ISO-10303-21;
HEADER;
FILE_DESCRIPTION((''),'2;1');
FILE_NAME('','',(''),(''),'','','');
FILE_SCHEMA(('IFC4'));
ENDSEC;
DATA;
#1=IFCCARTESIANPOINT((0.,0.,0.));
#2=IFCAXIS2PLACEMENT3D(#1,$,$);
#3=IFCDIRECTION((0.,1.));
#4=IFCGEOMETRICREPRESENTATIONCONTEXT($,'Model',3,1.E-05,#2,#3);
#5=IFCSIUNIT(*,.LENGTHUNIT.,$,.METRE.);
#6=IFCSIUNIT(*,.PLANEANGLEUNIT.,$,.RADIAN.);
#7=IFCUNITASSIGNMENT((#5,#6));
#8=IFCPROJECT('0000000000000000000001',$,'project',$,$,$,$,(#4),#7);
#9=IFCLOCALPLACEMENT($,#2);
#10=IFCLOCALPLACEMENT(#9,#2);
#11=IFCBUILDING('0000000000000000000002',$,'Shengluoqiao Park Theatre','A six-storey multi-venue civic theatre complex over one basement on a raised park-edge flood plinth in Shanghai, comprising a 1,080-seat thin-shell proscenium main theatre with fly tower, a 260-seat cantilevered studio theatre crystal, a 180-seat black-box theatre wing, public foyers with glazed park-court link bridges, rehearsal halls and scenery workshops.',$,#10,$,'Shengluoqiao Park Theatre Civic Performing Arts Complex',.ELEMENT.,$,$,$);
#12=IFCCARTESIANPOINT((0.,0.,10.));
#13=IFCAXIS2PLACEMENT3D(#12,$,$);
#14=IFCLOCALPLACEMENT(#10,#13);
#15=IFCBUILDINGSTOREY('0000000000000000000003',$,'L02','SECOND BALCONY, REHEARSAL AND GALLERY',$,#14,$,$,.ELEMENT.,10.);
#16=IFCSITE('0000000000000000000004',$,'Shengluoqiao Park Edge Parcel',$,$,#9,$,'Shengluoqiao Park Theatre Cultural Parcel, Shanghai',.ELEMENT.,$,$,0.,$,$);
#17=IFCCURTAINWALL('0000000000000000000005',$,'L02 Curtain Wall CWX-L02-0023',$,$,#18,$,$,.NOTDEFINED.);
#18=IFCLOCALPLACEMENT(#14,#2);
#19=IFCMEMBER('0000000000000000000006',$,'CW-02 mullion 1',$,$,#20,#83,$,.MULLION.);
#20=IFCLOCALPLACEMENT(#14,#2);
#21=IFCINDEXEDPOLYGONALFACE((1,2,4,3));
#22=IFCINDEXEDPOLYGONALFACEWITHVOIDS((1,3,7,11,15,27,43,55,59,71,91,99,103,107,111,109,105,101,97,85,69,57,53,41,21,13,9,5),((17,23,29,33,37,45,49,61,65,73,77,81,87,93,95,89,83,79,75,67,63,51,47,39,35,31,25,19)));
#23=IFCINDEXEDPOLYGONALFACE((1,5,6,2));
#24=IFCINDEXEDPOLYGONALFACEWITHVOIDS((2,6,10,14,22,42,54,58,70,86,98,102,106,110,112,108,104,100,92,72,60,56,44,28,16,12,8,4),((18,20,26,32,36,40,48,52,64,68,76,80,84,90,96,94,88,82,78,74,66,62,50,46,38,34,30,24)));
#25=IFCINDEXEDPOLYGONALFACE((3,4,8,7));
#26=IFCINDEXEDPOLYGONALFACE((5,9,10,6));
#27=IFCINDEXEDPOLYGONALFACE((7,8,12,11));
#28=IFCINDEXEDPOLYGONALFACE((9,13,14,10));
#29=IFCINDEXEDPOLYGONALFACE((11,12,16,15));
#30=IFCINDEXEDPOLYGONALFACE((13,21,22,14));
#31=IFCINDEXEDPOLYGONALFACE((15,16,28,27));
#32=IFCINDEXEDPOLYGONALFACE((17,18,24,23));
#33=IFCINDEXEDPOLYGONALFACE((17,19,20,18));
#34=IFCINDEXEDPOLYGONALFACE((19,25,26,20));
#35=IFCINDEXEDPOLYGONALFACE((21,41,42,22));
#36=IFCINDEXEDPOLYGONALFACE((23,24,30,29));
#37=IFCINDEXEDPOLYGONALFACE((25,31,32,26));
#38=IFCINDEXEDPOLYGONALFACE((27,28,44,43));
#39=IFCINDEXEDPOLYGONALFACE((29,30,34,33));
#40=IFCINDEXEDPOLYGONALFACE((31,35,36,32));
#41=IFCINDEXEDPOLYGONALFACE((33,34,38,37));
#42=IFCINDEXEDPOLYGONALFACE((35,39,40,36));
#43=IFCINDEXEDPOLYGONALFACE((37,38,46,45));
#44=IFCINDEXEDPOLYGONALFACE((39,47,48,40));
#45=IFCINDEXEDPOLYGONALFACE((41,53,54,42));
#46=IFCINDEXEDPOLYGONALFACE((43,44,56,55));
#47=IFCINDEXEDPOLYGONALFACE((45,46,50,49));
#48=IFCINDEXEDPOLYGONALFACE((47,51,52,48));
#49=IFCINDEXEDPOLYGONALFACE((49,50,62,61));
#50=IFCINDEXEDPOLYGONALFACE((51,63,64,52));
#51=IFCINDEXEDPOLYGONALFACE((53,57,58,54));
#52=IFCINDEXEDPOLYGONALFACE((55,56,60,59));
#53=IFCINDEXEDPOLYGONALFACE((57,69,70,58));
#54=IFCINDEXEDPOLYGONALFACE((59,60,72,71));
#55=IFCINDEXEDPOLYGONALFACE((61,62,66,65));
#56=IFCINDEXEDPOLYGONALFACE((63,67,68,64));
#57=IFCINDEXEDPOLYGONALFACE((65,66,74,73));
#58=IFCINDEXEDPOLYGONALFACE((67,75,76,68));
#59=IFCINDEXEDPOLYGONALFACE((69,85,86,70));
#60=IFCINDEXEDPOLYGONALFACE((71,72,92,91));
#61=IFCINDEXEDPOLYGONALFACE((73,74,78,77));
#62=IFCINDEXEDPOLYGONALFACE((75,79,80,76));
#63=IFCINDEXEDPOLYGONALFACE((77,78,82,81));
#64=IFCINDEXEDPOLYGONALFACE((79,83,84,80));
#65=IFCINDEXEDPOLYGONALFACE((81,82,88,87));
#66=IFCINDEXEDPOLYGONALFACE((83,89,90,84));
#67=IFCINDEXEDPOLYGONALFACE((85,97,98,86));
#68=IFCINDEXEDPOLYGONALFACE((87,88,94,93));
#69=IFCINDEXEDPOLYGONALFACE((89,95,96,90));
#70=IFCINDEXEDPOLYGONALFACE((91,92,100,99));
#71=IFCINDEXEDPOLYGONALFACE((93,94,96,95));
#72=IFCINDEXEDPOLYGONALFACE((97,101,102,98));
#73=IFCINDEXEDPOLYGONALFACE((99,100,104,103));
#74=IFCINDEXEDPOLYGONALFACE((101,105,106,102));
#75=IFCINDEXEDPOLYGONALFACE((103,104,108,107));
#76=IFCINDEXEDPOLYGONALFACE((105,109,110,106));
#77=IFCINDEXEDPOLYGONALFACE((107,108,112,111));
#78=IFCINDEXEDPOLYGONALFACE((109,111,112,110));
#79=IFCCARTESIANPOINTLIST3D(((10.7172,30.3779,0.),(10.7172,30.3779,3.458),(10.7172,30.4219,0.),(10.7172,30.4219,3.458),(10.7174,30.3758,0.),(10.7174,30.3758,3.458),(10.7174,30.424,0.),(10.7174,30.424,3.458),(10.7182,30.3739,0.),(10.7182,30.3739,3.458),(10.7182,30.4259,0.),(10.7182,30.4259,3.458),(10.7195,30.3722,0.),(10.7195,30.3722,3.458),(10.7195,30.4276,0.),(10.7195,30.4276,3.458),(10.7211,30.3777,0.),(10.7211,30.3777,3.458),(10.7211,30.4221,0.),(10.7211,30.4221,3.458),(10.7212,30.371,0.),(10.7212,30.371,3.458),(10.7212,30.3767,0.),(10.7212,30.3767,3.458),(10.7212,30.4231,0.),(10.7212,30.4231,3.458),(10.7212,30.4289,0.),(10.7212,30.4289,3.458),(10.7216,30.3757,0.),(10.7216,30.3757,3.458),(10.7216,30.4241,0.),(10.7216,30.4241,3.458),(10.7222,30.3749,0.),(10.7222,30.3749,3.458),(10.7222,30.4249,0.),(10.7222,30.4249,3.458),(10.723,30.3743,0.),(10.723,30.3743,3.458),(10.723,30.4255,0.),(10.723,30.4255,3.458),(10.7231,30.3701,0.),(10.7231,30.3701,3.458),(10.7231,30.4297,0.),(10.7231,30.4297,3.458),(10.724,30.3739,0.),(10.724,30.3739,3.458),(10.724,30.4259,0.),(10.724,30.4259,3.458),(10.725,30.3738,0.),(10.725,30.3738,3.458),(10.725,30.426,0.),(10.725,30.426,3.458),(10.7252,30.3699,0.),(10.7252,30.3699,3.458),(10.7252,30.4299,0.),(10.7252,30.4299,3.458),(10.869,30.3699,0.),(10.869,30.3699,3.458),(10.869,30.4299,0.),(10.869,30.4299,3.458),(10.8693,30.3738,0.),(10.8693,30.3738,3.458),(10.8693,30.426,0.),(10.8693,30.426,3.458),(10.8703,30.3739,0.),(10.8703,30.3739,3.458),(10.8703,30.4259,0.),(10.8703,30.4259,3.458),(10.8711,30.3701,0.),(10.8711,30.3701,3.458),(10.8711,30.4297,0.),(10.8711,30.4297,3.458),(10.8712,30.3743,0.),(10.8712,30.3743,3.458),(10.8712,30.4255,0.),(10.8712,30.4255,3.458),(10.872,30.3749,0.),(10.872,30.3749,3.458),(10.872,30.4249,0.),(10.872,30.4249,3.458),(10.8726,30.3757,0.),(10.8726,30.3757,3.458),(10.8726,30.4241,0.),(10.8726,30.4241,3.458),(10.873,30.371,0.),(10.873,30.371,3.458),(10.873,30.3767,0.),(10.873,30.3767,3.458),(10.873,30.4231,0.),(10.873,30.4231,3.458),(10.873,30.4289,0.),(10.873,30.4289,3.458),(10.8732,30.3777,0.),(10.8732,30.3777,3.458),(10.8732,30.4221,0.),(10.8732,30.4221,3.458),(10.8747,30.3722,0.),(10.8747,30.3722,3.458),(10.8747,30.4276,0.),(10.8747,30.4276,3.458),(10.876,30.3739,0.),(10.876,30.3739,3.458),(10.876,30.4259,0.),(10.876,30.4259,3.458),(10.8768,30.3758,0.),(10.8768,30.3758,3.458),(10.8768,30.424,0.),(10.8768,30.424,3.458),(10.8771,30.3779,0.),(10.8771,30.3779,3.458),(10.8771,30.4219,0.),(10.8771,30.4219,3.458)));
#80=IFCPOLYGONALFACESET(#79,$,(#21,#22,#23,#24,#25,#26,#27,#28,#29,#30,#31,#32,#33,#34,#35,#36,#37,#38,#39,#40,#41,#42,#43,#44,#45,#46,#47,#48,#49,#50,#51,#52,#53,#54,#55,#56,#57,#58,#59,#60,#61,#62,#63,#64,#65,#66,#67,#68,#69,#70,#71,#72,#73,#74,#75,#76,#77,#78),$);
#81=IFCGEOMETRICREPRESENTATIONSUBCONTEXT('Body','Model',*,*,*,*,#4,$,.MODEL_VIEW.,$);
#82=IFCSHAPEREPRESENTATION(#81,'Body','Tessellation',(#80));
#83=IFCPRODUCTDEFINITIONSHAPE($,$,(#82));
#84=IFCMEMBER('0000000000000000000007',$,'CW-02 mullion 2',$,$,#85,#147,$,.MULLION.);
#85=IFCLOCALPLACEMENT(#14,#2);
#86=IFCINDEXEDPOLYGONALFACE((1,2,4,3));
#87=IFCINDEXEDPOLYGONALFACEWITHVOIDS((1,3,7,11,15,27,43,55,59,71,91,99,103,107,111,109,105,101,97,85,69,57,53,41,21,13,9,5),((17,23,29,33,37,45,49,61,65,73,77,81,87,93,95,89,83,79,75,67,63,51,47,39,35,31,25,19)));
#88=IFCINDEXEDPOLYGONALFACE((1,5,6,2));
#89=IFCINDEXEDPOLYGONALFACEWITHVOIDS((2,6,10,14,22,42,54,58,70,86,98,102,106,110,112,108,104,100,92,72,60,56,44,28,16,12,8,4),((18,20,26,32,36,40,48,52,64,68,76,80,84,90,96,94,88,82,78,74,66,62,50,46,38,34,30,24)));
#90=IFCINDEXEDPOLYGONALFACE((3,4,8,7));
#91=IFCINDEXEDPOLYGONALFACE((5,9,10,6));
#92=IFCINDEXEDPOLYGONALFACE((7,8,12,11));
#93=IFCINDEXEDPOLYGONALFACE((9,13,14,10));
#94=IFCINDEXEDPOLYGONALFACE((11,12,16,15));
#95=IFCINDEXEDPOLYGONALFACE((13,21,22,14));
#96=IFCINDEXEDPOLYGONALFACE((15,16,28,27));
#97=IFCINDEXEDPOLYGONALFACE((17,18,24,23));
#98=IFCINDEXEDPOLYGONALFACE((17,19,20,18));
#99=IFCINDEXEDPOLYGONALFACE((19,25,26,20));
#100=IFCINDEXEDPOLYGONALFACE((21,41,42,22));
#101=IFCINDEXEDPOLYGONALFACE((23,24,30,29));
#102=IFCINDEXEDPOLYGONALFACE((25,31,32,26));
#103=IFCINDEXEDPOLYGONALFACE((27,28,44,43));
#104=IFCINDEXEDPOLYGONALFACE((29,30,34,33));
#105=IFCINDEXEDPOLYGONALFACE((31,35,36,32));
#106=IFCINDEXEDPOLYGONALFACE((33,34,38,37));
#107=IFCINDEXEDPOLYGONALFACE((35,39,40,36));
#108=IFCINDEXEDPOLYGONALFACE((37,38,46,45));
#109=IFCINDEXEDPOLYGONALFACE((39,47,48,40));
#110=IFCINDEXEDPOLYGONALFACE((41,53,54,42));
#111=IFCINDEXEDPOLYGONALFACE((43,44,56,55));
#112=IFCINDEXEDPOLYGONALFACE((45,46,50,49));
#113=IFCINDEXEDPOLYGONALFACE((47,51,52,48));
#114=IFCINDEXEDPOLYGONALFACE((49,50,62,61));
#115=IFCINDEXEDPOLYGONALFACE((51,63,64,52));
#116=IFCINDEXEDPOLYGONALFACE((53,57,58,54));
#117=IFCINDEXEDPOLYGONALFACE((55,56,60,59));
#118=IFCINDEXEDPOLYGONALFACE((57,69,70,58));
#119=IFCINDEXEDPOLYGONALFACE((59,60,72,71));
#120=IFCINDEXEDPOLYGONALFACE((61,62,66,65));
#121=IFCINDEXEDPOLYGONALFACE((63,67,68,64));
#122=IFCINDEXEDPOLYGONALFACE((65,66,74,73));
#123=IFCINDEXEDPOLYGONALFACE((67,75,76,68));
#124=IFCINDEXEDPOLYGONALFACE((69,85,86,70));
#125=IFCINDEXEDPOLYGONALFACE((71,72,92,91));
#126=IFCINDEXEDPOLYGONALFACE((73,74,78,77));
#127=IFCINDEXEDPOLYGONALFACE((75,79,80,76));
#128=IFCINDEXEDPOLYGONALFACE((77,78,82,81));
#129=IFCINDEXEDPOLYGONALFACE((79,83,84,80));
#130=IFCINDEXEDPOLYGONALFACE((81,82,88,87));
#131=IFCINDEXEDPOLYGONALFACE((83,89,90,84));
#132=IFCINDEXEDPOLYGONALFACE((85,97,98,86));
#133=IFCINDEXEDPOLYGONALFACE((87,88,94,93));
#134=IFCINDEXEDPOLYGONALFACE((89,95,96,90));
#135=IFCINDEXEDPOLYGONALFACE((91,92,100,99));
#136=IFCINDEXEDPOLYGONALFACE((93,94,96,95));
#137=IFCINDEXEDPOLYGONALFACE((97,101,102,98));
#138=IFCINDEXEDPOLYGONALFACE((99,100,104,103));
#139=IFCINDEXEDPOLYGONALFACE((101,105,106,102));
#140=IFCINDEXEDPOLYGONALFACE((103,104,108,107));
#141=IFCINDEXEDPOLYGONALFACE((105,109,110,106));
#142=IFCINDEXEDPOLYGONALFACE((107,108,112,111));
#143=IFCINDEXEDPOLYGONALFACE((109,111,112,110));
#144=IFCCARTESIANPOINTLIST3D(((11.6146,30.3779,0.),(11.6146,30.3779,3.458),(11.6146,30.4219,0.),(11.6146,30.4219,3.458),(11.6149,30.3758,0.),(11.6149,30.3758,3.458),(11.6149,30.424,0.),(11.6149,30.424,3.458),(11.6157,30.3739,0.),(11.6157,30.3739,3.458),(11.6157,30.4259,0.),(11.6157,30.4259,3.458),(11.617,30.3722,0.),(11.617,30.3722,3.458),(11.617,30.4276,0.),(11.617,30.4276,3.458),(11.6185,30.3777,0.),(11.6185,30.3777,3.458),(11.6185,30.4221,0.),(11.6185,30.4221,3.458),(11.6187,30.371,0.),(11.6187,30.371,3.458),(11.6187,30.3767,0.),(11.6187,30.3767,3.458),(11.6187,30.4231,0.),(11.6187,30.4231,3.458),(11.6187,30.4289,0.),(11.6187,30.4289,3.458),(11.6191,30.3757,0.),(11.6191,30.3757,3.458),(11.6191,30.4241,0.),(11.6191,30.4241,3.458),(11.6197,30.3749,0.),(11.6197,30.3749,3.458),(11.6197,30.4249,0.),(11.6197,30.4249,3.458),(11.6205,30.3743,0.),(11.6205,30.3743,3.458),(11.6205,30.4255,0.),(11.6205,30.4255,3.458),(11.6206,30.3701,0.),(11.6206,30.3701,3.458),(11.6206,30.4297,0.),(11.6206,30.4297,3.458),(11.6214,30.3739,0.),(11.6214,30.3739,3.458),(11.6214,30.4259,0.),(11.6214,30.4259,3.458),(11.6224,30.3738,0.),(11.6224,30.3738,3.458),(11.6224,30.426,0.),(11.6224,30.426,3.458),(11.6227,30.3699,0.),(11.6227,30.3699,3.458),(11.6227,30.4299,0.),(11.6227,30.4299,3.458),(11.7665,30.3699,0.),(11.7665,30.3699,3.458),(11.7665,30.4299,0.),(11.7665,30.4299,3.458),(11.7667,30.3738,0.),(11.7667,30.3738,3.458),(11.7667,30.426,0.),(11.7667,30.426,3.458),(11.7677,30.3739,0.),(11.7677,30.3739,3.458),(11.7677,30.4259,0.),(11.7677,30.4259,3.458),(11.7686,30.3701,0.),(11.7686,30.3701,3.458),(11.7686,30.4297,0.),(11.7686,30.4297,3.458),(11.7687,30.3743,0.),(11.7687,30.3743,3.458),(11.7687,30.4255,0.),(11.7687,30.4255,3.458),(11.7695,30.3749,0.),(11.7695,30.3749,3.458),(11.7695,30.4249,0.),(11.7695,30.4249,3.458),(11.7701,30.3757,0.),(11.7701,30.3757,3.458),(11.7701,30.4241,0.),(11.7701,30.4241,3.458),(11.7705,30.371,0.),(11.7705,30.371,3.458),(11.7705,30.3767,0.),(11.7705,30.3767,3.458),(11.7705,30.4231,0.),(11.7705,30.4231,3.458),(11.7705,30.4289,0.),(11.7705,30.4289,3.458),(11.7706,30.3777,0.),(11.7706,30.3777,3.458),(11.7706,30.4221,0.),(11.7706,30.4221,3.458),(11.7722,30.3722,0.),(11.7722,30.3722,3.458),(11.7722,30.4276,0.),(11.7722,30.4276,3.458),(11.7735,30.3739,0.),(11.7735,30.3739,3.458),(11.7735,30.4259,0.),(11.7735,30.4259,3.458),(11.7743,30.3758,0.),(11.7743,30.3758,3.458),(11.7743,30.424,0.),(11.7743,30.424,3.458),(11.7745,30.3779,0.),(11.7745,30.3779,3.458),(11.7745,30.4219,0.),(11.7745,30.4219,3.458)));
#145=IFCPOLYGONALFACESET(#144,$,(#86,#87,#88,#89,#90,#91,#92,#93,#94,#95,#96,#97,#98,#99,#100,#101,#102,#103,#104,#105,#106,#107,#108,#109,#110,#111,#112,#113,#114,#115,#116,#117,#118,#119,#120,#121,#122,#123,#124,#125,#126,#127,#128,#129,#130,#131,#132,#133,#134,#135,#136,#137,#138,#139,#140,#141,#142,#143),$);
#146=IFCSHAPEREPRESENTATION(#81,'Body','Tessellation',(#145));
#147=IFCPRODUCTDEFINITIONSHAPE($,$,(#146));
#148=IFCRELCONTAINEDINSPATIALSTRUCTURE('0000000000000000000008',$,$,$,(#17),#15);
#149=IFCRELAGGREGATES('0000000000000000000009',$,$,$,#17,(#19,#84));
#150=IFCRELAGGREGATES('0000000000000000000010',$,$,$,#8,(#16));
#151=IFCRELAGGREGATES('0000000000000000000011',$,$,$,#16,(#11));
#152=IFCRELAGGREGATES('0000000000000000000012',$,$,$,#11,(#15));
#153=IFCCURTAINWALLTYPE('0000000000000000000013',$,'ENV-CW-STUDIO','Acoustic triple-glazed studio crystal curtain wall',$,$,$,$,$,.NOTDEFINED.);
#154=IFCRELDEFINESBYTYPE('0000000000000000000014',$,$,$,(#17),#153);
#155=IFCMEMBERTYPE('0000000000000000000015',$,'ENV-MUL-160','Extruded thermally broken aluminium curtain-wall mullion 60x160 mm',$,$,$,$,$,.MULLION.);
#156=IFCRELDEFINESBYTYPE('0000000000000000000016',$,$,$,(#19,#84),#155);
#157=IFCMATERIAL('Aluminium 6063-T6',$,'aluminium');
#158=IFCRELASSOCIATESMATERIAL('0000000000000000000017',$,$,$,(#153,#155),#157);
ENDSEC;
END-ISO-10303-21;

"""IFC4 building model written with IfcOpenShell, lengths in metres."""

from ifc_helpers import new_model, si_unit, direction, frame, origin, origin_2d, place, context, subcontext, project, spatial, hollow_rectangle, extrude, material, material_profile, profile_set, type_object, element, aggregate, save


model = new_model("IFC4")

# Units and contexts
model_context = context("Model", 3, precision=1e-05, world=origin(), true_north=direction((0.0, 1.0)))
body_context = subcontext(model_context, "Body", "Model", "MODEL_VIEW")
ifc_project = project(units=[si_unit("LENGTHUNIT", "METRE"), si_unit("PLANEANGLEUNIT", "RADIAN")], contexts=[model_context])

# Site, building, storey
site_placement = place(None, origin())
site = spatial("IfcSite", under=ifc_project, at=site_placement, Name="Shengluoqiao Park Edge Parcel", LongName="Shengluoqiao Park Theatre Cultural Parcel, Shanghai", CompositionType="ELEMENT", RefElevation=0.0)
building_placement = place(site_placement, origin())
building = spatial("IfcBuilding", under=site, at=building_placement, Name="Shengluoqiao Park Theatre", Description="A six-storey multi-venue civic theatre complex over one basement on a raised park-edge flood plinth in Shanghai, comprising a 1,080-seat thin-shell proscenium main theatre with fly tower, a 260-seat cantilevered studio theatre crystal, a 180-seat black-box theatre wing, public foyers with glazed park-court link bridges, rehearsal halls and scenery workshops.", LongName="Shengluoqiao Park Theatre Civic Performing Arts Complex", CompositionType="ELEMENT")
storey_placement = place(building_placement, frame((0.0, 0.0, 10.0)))
storey = spatial("IfcBuildingStorey", under=building, at=storey_placement, Name="L02", Description="SECOND BALCONY, REHEARSAL AND GALLERY", CompositionType="ELEMENT", Elevation=10.0)

# Curtain wall, members
ifc_material_1 = material(Name="Aluminium 6063-T6", Category="aluminium")
curtain_wall_type = type_object("IfcCurtainWallType", Name="ENV-CW-STUDIO", Description="Acoustic triple-glazed studio crystal curtain wall", PredefinedType="NOTDEFINED", material=ifc_material_1)
curtain_wall_placement = place(storey_placement, origin())
curtain_wall = element("IfcCurtainWall", 1, at=curtain_wall_placement, inside=storey, type_object=curtain_wall_type, Name="L02 Curtain Wall CWX-L02-0023", PredefinedType="NOTDEFINED")
ifc_material_profile_1 = material_profile(ifc_material_1, hollow_rectangle(XDim=0.0601, YDim=0.1599, WallThickness=0.0039, InnerFilletRadius=0.0039, OuterFilletRadius=0.0081, at=origin_2d()), Name="ALU MULLION 160x60x4")
ifc_profile_set_1 = profile_set([ifc_material_profile_1], Name="Aluminium 6063-T6")
member_type_1 = type_object("IfcMemberType", Name="ENV-MUL-160", Description="Extruded thermally broken aluminium curtain-wall mullion 60x160 mm", PredefinedType="MULLION", material=ifc_profile_set_1)
member_1_placement = place(storey_placement, frame((10.7971, 30.3999, 0.0), z_axis=(0.0, 0.0, 1.0), x_axis=(0.0, 1.0, 0.0)))
member_1 = element("IfcMember", 2, at=member_1_placement, type_object=member_type_1, Name="CW-02 mullion 1", PredefinedType="MULLION", context=body_context, shape_type="SweptSolid", body=[
    extrude(hollow_rectangle(XDim=0.0601, YDim=0.1599, WallThickness=0.0039, InnerFilletRadius=0.0039, OuterFilletRadius=0.0081, at=origin_2d()), origin(), (0.0, 0.0, 1.0), 3.458),
])
member_2_placement = place(storey_placement, frame((11.6946, 30.3999, 0.0), z_axis=(0.0, 0.0, 1.0), x_axis=(0.0, 1.0, 0.0)))
member_2 = element("IfcMember", 3, at=member_2_placement, type_object=member_type_1, Name="CW-02 mullion 2", PredefinedType="MULLION", context=body_context, shape_type="SweptSolid", body=[
    extrude(hollow_rectangle(XDim=0.0601, YDim=0.1599, WallThickness=0.0039, InnerFilletRadius=0.0039, OuterFilletRadius=0.0081, at=origin_2d()), origin(), (0.0, 0.0, 1.0), 3.458),
])

aggregate(curtain_wall, [member_1, member_2])

save(model, "model.ifc")
